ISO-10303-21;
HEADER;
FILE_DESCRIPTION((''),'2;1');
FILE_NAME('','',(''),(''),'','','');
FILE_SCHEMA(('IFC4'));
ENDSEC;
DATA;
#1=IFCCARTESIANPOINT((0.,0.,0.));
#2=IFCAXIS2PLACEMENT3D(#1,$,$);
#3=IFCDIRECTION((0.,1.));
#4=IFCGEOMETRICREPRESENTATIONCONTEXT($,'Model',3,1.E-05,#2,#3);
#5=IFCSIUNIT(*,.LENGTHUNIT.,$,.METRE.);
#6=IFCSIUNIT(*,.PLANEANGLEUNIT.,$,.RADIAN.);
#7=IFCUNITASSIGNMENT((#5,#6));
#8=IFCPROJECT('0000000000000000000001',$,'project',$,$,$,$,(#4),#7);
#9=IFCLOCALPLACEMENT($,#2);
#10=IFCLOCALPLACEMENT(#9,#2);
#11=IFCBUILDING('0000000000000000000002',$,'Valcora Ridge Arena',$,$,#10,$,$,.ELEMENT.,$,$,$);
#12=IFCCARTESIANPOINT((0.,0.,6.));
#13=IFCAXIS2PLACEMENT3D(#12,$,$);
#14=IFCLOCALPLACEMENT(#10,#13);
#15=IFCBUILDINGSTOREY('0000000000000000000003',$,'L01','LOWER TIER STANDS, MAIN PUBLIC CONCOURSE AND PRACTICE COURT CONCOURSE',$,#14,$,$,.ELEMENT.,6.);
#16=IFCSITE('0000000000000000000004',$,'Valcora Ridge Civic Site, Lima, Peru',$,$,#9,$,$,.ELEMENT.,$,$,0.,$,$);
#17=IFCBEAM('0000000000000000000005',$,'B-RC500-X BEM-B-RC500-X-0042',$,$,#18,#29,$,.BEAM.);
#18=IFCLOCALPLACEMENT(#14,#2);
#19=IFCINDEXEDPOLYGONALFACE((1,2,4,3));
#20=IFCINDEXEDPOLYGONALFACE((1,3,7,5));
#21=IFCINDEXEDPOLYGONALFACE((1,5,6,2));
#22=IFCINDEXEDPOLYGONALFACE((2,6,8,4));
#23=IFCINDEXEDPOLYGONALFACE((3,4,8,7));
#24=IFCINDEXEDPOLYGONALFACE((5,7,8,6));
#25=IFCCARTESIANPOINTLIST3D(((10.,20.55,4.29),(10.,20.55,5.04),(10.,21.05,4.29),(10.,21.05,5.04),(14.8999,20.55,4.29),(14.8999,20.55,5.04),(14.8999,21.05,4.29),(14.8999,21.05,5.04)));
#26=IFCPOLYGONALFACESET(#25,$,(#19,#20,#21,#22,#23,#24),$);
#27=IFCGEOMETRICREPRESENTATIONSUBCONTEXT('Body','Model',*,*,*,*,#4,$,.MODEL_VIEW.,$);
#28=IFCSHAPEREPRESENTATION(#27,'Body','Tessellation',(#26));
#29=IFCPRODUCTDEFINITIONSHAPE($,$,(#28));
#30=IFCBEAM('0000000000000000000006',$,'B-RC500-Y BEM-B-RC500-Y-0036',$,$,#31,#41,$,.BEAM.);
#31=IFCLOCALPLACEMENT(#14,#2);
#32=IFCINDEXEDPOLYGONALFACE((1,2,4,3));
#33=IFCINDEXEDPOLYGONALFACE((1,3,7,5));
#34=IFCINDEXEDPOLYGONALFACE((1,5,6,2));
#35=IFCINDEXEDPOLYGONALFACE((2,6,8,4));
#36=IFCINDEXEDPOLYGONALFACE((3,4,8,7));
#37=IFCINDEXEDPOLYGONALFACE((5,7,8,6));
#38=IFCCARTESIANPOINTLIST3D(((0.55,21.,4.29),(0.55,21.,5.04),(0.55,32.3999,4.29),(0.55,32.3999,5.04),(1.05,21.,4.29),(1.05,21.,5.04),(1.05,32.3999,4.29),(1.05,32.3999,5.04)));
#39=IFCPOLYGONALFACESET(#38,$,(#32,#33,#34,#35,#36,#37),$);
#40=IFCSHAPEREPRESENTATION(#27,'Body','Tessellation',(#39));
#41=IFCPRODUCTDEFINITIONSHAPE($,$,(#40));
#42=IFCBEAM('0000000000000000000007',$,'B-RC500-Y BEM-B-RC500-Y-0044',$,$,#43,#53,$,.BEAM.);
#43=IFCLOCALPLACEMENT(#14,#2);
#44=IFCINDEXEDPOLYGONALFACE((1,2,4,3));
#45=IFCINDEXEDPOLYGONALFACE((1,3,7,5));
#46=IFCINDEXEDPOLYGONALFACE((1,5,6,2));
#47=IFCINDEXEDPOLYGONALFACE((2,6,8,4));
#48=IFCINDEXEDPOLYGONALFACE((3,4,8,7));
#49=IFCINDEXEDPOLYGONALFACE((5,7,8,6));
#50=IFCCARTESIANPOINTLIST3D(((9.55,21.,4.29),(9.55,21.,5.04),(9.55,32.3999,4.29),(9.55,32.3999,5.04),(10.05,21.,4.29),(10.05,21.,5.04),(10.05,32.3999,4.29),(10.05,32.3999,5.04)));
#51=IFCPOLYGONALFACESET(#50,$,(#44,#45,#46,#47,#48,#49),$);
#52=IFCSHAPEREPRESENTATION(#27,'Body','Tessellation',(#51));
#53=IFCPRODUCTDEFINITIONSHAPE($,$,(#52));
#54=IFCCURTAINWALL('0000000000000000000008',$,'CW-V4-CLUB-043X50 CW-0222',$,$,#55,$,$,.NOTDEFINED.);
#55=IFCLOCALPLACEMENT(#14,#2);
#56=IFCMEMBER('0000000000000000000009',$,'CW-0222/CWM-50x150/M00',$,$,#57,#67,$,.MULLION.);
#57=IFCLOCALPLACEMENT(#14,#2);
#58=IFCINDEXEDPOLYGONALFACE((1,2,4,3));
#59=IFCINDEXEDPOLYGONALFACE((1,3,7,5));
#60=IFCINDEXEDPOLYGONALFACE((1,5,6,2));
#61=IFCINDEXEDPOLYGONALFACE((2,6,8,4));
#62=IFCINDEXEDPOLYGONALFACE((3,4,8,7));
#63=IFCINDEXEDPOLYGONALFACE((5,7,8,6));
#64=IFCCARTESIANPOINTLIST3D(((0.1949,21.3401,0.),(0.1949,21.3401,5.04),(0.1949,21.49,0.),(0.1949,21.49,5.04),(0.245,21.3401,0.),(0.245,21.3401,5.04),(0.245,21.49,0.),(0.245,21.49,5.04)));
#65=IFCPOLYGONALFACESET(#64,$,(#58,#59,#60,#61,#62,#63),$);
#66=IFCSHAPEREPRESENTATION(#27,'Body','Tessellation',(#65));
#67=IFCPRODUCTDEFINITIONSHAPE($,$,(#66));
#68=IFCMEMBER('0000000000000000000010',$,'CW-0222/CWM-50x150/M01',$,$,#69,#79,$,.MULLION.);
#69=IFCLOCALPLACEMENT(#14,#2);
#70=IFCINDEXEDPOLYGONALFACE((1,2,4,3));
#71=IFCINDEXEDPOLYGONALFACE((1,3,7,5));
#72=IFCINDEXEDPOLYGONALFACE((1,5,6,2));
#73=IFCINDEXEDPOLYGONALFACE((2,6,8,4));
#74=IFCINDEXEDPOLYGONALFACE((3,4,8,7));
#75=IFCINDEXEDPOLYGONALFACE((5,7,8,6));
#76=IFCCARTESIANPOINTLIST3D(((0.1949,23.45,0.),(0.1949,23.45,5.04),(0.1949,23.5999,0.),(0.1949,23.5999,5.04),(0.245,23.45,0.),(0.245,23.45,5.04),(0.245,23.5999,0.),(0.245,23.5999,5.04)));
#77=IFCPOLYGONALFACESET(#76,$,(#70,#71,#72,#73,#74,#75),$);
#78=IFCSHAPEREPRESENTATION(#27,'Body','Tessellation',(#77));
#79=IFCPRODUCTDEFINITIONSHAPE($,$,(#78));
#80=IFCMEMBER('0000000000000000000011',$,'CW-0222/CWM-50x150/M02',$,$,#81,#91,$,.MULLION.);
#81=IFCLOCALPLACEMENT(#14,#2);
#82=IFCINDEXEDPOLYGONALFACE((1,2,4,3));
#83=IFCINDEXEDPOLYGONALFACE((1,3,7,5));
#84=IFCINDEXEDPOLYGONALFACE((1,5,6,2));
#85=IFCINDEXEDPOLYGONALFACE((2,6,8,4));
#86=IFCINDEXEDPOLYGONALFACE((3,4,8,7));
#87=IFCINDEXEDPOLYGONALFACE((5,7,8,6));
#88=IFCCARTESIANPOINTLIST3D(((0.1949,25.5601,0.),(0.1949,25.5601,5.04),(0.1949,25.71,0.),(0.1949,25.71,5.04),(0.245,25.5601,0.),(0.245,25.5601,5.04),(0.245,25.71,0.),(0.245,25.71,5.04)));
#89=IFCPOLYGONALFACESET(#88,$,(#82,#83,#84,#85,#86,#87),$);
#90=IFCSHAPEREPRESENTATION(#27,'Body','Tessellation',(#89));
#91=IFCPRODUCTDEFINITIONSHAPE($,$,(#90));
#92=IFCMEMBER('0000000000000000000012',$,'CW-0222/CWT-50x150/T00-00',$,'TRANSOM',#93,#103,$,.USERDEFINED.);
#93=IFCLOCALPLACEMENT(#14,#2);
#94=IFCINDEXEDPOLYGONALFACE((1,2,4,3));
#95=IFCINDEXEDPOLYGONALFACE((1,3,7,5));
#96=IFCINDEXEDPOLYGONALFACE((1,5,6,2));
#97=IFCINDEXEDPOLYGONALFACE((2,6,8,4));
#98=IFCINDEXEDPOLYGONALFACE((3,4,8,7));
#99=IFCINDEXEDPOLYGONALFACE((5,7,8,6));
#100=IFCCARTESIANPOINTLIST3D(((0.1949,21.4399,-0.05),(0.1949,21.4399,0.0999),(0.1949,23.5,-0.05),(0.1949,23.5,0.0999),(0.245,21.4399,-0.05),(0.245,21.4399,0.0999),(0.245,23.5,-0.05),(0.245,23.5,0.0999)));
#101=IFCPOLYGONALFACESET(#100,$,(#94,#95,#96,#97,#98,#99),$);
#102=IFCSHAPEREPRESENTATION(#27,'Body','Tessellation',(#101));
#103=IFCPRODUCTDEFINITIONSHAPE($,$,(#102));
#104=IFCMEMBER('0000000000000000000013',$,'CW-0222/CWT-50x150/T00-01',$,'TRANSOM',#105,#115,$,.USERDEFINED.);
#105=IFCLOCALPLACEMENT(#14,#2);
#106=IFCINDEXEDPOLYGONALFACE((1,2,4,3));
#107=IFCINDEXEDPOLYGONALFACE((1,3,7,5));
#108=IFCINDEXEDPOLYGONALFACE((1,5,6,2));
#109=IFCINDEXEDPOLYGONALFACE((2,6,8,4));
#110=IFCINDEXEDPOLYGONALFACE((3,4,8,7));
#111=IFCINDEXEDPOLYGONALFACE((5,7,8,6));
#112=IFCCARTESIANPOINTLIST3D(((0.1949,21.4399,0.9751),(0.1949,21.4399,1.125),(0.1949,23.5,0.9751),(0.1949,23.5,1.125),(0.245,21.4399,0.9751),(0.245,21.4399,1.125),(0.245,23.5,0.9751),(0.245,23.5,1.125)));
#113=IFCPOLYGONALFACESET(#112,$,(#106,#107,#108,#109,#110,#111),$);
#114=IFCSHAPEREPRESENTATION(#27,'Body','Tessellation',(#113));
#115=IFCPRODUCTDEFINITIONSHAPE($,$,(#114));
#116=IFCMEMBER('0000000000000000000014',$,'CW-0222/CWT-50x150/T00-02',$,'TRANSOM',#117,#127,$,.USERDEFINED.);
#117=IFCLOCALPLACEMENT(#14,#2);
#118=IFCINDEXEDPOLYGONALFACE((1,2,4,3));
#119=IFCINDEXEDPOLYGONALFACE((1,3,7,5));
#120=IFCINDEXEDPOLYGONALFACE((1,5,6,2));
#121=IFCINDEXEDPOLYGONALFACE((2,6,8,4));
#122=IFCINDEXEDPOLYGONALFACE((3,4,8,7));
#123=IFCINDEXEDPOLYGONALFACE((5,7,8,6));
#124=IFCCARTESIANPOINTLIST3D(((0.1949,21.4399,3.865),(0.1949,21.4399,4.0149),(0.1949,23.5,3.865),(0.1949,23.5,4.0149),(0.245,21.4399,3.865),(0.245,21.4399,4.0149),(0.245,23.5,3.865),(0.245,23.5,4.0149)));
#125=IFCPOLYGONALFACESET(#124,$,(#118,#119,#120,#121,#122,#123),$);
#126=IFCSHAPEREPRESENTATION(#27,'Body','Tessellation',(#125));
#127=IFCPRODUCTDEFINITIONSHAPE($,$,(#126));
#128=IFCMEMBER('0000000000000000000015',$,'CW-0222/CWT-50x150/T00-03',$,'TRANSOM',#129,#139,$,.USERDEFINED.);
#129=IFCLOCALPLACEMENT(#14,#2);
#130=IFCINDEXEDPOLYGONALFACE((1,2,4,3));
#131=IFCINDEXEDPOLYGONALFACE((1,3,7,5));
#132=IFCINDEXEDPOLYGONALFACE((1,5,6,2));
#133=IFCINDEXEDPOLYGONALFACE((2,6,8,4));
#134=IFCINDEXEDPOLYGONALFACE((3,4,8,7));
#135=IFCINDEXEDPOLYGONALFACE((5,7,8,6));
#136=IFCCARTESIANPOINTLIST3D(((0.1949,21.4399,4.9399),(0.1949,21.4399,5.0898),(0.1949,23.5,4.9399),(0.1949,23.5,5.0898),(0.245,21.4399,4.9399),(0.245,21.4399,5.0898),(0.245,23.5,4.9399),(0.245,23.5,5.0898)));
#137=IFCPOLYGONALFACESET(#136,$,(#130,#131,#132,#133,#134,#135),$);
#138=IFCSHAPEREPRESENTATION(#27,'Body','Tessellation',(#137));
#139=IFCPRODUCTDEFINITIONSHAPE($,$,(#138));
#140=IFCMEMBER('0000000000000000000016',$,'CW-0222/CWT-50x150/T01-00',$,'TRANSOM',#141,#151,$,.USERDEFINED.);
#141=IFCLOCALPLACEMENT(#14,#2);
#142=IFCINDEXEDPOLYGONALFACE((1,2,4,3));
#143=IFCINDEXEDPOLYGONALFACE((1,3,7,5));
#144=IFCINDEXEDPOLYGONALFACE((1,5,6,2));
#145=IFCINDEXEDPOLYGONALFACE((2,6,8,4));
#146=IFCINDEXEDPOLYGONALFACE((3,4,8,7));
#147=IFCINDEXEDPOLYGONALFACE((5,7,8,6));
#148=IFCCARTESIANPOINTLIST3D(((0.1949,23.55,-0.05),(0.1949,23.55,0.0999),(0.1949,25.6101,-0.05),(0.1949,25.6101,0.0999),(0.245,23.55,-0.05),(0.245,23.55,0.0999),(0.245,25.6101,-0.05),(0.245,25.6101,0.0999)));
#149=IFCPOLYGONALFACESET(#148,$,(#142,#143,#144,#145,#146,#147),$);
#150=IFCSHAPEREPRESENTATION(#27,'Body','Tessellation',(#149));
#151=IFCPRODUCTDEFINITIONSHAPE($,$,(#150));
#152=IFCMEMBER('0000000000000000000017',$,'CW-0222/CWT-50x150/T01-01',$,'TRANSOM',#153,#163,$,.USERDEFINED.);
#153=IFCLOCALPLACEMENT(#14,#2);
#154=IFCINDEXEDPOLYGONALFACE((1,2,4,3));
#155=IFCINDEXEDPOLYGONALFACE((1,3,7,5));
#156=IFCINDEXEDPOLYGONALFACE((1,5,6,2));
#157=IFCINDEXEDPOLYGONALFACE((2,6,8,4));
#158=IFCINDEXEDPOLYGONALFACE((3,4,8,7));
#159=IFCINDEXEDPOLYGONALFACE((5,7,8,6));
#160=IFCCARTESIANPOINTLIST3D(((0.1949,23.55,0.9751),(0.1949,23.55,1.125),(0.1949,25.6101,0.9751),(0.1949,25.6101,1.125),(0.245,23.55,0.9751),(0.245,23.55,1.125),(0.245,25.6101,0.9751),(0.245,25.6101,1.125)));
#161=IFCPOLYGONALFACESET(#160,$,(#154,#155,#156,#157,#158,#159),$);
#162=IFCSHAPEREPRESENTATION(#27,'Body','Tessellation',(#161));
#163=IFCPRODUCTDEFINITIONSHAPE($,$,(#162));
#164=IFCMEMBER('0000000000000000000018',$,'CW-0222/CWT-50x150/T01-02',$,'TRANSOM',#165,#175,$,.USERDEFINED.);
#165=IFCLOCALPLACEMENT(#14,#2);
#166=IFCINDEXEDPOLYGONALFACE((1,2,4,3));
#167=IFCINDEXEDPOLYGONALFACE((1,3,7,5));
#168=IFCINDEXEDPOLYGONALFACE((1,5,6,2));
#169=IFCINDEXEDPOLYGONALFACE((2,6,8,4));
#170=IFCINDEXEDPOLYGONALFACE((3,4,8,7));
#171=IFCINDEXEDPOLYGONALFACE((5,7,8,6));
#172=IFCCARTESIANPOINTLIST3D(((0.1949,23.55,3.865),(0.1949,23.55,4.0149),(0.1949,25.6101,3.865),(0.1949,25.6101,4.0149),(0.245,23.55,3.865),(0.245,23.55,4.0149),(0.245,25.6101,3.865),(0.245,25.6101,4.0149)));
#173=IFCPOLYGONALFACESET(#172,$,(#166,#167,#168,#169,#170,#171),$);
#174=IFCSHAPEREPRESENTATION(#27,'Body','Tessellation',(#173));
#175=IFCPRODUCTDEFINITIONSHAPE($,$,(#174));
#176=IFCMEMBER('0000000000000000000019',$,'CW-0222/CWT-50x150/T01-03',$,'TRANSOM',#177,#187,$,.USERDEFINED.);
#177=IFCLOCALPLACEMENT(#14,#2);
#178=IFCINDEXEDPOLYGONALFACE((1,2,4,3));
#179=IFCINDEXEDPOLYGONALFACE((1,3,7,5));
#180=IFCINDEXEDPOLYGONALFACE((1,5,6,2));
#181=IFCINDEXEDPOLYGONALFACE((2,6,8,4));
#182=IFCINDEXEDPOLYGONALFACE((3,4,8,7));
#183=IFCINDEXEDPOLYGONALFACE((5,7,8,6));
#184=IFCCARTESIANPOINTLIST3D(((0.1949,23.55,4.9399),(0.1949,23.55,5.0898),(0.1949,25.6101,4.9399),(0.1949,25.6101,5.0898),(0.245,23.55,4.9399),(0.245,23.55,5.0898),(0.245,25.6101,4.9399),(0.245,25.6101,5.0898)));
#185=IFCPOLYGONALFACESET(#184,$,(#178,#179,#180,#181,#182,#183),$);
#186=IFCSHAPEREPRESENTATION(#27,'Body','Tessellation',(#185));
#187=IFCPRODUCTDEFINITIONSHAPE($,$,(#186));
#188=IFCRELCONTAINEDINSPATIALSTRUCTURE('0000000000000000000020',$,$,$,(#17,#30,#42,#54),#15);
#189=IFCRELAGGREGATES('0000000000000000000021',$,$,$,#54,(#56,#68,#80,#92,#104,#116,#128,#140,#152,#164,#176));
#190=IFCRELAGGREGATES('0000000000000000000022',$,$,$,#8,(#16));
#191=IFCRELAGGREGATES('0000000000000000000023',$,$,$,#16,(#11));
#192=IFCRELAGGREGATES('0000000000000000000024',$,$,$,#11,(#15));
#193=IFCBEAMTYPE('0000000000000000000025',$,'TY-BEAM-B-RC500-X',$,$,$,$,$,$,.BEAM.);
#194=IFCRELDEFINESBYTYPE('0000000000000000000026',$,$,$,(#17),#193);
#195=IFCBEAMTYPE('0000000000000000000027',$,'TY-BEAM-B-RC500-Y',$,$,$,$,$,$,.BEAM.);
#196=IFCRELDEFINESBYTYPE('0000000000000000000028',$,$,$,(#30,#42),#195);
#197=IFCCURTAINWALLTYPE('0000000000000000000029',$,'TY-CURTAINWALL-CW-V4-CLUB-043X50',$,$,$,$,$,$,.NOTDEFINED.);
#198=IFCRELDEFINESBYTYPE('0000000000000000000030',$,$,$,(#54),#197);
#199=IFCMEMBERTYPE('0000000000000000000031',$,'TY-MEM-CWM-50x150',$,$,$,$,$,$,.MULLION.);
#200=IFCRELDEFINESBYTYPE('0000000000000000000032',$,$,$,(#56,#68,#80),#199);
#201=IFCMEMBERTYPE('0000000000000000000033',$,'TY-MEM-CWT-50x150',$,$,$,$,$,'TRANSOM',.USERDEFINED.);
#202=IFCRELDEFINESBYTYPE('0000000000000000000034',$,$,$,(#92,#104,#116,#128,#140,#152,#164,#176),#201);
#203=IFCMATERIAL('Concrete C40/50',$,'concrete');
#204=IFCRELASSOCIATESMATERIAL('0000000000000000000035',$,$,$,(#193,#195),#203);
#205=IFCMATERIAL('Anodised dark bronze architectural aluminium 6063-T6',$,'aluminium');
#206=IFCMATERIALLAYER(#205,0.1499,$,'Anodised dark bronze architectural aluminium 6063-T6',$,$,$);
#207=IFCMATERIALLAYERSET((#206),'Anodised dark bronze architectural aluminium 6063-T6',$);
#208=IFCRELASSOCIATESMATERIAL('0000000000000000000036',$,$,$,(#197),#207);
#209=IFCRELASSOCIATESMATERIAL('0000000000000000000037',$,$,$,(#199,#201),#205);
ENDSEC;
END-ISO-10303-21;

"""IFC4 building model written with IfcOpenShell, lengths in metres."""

from ifc_helpers import new_model, si_unit, direction, frame, origin, origin_2d, place, context, subcontext, project, spatial, rectangle, extrude, material, layer, layer_set, material_profile, profile_set, type_object, element, aggregate, save


model = new_model("IFC4")

# Units and contexts
model_context = context("Model", 3, precision=1e-05, world=origin(), true_north=direction((0.0, 1.0)))
body_context = subcontext(model_context, "Body", "Model", "MODEL_VIEW")
ifc_project = project(units=[si_unit("LENGTHUNIT", "METRE"), si_unit("PLANEANGLEUNIT", "RADIAN")], contexts=[model_context])

# Site, building, storey
site_placement = place(None, origin())
site = spatial("IfcSite", under=ifc_project, at=site_placement, Name="Valcora Ridge Civic Site, Lima, Peru", CompositionType="ELEMENT", RefElevation=0.0)
building_placement = place(site_placement, origin())
building = spatial("IfcBuilding", under=site, at=building_placement, Name="Valcora Ridge Arena", CompositionType="ELEMENT")
storey_placement = place(building_placement, frame((0.0, 0.0, 6.0)))
storey = spatial("IfcBuildingStorey", under=building, at=storey_placement, Name="L01", Description="LOWER TIER STANDS, MAIN PUBLIC CONCOURSE AND PRACTICE COURT CONCOURSE", CompositionType="ELEMENT", Elevation=6.0)

# Beams
ifc_material_1 = material(Name="Concrete C40/50", Category="concrete")
ifc_material_profile_1 = material_profile(ifc_material_1, rectangle(XDim=0.5, YDim=0.75, at=origin_2d()), Name="RC 500x750")
ifc_profile_set_1 = profile_set([ifc_material_profile_1], Name="Concrete C40/50")
beam_type_1 = type_object("IfcBeamType", Name="TY-BEAM-B-RC500-X", PredefinedType="BEAM", material=ifc_profile_set_1)
beam_placement = place(storey_placement, frame((10.0, 20.8, 4.665), z_axis=(1.0, 0.0, 0.0), x_axis=(0.0, 1.0, 0.0)))
element("IfcBeam", 1, at=beam_placement, inside=storey, type_object=beam_type_1, Name="B-RC500-X BEM-B-RC500-X-0042", PredefinedType="BEAM", context=body_context, shape_type="SweptSolid", body=[
    extrude(rectangle(XDim=0.5, YDim=0.75, at=origin_2d()), origin(), (0.0, 0.0, 1.0), 4.8999),
])
ifc_material_profile_2 = material_profile(ifc_material_1, rectangle(XDim=0.5, YDim=0.75, at=origin_2d()), Name="RC 500x750")
ifc_profile_set_2 = profile_set([ifc_material_profile_2], Name="Concrete C40/50")
beam_type_2 = type_object("IfcBeamType", Name="TY-BEAM-B-RC500-Y", PredefinedType="BEAM", material=ifc_profile_set_2)
for number, where, z_axis, x_axis, name in (
    (2, (0.8, 21.0, 4.665), (0.0, 1.0, 0.0), (-1.0, 0.0, 0.0), "B-RC500-Y BEM-B-RC500-Y-0036"),
    (3, (9.8, 21.0, 4.665), (0.0, 1.0, 0.0), (-1.0, 0.0, 0.0), "B-RC500-Y BEM-B-RC500-Y-0044"),
):
    element("IfcBeam", number, at=place(storey_placement, frame(where, z_axis=z_axis, x_axis=x_axis)), inside=storey, type_object=beam_type_2, Name=name, PredefinedType="BEAM", context=body_context, shape_type="SweptSolid", body=[
        extrude(rectangle(XDim=0.5, YDim=0.75, at=origin_2d()), origin(), (0.0, 0.0, 1.0), 11.3999),
    ])

# Curtain wall, members
ifc_material_2 = material(Name="Anodised dark bronze architectural aluminium 6063-T6", Category="aluminium")
ifc_layer_1 = layer(ifc_material_2, 0.1499, Name="Anodised dark bronze architectural aluminium 6063-T6")
ifc_layer_set_1 = layer_set([ifc_layer_1], Name="Anodised dark bronze architectural aluminium 6063-T6")
curtain_wall_type = type_object("IfcCurtainWallType", Name="TY-CURTAINWALL-CW-V4-CLUB-043X50", PredefinedType="NOTDEFINED", material=ifc_layer_set_1)
curtain_wall_placement = place(storey_placement, origin())
curtain_wall = element("IfcCurtainWall", 4, at=curtain_wall_placement, inside=storey, type_object=curtain_wall_type, Name="CW-V4-CLUB-043X50 CW-0222", PredefinedType="NOTDEFINED")
ifc_material_profile_3 = material_profile(ifc_material_2, rectangle(XDim=0.05, YDim=0.1499, at=origin_2d()), Name="ALU MULLION 50x150")
ifc_profile_set_3 = profile_set([ifc_material_profile_3], Name="Anodised dark bronze architectural aluminium 6063-T6")
member_type_1 = type_object("IfcMemberType", Name="TY-MEM-CWM-50x150", PredefinedType="MULLION", material=ifc_profile_set_3)
member_1_placement = place(storey_placement, frame((0.22, 21.415, 0.0), z_axis=(0.0, 0.0, 1.0), x_axis=(-1.0, 0.0, 0.0)))
member_1 = element("IfcMember", 5, at=member_1_placement, type_object=member_type_1, Name="CW-0222/CWM-50x150/M00", PredefinedType="MULLION", context=body_context, shape_type="SweptSolid", body=[
    extrude(rectangle(XDim=0.05, YDim=0.1499, at=origin_2d()), origin(), (0.0, 0.0, 1.0), 5.04),
])
member_2_placement = place(storey_placement, frame((0.22, 23.5249, 0.0), z_axis=(0.0, 0.0, 1.0), x_axis=(-1.0, 0.0, 0.0)))
member_2 = element("IfcMember", 6, at=member_2_placement, type_object=member_type_1, Name="CW-0222/CWM-50x150/M01", PredefinedType="MULLION", context=body_context, shape_type="SweptSolid", body=[
    extrude(rectangle(XDim=0.05, YDim=0.1499, at=origin_2d()), origin(), (0.0, 0.0, 1.0), 5.04),
])
member_3_placement = place(storey_placement, frame((0.22, 25.635, 0.0), z_axis=(0.0, 0.0, 1.0), x_axis=(-1.0, 0.0, 0.0)))
member_3 = element("IfcMember", 7, at=member_3_placement, type_object=member_type_1, Name="CW-0222/CWM-50x150/M02", PredefinedType="MULLION", context=body_context, shape_type="SweptSolid", body=[
    extrude(rectangle(XDim=0.05, YDim=0.1499, at=origin_2d()), origin(), (0.0, 0.0, 1.0), 5.04),
])
ifc_material_profile_4 = material_profile(ifc_material_2, rectangle(XDim=0.05, YDim=0.1499, at=origin_2d()), Name="ALU TRANSOM 50x150")
ifc_profile_set_4 = profile_set([ifc_material_profile_4], Name="Anodised dark bronze architectural aluminium 6063-T6")
member_type_2 = type_object("IfcMemberType", Name="TY-MEM-CWT-50x150", ElementType="TRANSOM", PredefinedType="USERDEFINED", material=ifc_profile_set_4)
member_4_placement = place(storey_placement, frame((0.22, 21.4399, 0.0249), z_axis=(0.0, 1.0, 0.0), x_axis=(-1.0, 0.0, 0.0)))
member_4 = element("IfcMember", 8, at=member_4_placement, type_object=member_type_2, Name="CW-0222/CWT-50x150/T00-00", ObjectType="TRANSOM", PredefinedType="USERDEFINED", context=body_context, shape_type="SweptSolid", body=[
    extrude(rectangle(XDim=0.05, YDim=0.1499, at=origin_2d()), origin(), (0.0, 0.0, 1.0), 2.0601),
])
member_5_placement = place(storey_placement, frame((0.22, 21.4399, 1.05), z_axis=(0.0, 1.0, 0.0), x_axis=(-1.0, 0.0, 0.0)))
member_5 = element("IfcMember", 9, at=member_5_placement, type_object=member_type_2, Name="CW-0222/CWT-50x150/T00-01", ObjectType="TRANSOM", PredefinedType="USERDEFINED", context=body_context, shape_type="SweptSolid", body=[
    extrude(rectangle(XDim=0.05, YDim=0.1499, at=origin_2d()), origin(), (0.0, 0.0, 1.0), 2.0601),
])
member_6_placement = place(storey_placement, frame((0.22, 21.4399, 3.9399), z_axis=(0.0, 1.0, 0.0), x_axis=(-1.0, 0.0, 0.0)))
member_6 = element("IfcMember", 10, at=member_6_placement, type_object=member_type_2, Name="CW-0222/CWT-50x150/T00-02", ObjectType="TRANSOM", PredefinedType="USERDEFINED", context=body_context, shape_type="SweptSolid", body=[
    extrude(rectangle(XDim=0.05, YDim=0.1499, at=origin_2d()), origin(), (0.0, 0.0, 1.0), 2.0601),
])
member_7_placement = place(storey_placement, frame((0.22, 21.4399, 5.0149), z_axis=(0.0, 1.0, 0.0), x_axis=(-1.0, 0.0, 0.0)))
member_7 = element("IfcMember", 11, at=member_7_placement, type_object=member_type_2, Name="CW-0222/CWT-50x150/T00-03", ObjectType="TRANSOM", PredefinedType="USERDEFINED", context=body_context, shape_type="SweptSolid", body=[
    extrude(rectangle(XDim=0.05, YDim=0.1499, at=origin_2d()), origin(), (0.0, 0.0, 1.0), 2.0601),
])
member_8_placement = place(storey_placement, frame((0.22, 23.55, 0.0249), z_axis=(0.0, 1.0, 0.0), x_axis=(-1.0, 0.0, 0.0)))
member_8 = element("IfcMember", 12, at=member_8_placement, type_object=member_type_2, Name="CW-0222/CWT-50x150/T01-00", ObjectType="TRANSOM", PredefinedType="USERDEFINED", context=body_context, shape_type="SweptSolid", body=[
    extrude(rectangle(XDim=0.05, YDim=0.1499, at=origin_2d()), origin(), (0.0, 0.0, 1.0), 2.0601),
])
member_9_placement = place(storey_placement, frame((0.22, 23.55, 1.05), z_axis=(0.0, 1.0, 0.0), x_axis=(-1.0, 0.0, 0.0)))
member_9 = element("IfcMember", 13, at=member_9_placement, type_object=member_type_2, Name="CW-0222/CWT-50x150/T01-01", ObjectType="TRANSOM", PredefinedType="USERDEFINED", context=body_context, shape_type="SweptSolid", body=[
    extrude(rectangle(XDim=0.05, YDim=0.1499, at=origin_2d()), origin(), (0.0, 0.0, 1.0), 2.0601),
])
member_10_placement = place(storey_placement, frame((0.22, 23.55, 3.9399), z_axis=(0.0, 1.0, 0.0), x_axis=(-1.0, 0.0, 0.0)))
member_10 = element("IfcMember", 14, at=member_10_placement, type_object=member_type_2, Name="CW-0222/CWT-50x150/T01-02", ObjectType="TRANSOM", PredefinedType="USERDEFINED", context=body_context, shape_type="SweptSolid", body=[
    extrude(rectangle(XDim=0.05, YDim=0.1499, at=origin_2d()), origin(), (0.0, 0.0, 1.0), 2.0601),
])
member_11_placement = place(storey_placement, frame((0.22, 23.55, 5.0149), z_axis=(0.0, 1.0, 0.0), x_axis=(-1.0, 0.0, 0.0)))
member_11 = element("IfcMember", 15, at=member_11_placement, type_object=member_type_2, Name="CW-0222/CWT-50x150/T01-03", ObjectType="TRANSOM", PredefinedType="USERDEFINED", context=body_context, shape_type="SweptSolid", body=[
    extrude(rectangle(XDim=0.05, YDim=0.1499, at=origin_2d()), origin(), (0.0, 0.0, 1.0), 2.0601),
])
aggregate(curtain_wall, [member_1, member_2, member_3, member_4, member_5, member_6, member_7, member_8, member_9, member_10, member_11])

save(model, "model.ifc")
